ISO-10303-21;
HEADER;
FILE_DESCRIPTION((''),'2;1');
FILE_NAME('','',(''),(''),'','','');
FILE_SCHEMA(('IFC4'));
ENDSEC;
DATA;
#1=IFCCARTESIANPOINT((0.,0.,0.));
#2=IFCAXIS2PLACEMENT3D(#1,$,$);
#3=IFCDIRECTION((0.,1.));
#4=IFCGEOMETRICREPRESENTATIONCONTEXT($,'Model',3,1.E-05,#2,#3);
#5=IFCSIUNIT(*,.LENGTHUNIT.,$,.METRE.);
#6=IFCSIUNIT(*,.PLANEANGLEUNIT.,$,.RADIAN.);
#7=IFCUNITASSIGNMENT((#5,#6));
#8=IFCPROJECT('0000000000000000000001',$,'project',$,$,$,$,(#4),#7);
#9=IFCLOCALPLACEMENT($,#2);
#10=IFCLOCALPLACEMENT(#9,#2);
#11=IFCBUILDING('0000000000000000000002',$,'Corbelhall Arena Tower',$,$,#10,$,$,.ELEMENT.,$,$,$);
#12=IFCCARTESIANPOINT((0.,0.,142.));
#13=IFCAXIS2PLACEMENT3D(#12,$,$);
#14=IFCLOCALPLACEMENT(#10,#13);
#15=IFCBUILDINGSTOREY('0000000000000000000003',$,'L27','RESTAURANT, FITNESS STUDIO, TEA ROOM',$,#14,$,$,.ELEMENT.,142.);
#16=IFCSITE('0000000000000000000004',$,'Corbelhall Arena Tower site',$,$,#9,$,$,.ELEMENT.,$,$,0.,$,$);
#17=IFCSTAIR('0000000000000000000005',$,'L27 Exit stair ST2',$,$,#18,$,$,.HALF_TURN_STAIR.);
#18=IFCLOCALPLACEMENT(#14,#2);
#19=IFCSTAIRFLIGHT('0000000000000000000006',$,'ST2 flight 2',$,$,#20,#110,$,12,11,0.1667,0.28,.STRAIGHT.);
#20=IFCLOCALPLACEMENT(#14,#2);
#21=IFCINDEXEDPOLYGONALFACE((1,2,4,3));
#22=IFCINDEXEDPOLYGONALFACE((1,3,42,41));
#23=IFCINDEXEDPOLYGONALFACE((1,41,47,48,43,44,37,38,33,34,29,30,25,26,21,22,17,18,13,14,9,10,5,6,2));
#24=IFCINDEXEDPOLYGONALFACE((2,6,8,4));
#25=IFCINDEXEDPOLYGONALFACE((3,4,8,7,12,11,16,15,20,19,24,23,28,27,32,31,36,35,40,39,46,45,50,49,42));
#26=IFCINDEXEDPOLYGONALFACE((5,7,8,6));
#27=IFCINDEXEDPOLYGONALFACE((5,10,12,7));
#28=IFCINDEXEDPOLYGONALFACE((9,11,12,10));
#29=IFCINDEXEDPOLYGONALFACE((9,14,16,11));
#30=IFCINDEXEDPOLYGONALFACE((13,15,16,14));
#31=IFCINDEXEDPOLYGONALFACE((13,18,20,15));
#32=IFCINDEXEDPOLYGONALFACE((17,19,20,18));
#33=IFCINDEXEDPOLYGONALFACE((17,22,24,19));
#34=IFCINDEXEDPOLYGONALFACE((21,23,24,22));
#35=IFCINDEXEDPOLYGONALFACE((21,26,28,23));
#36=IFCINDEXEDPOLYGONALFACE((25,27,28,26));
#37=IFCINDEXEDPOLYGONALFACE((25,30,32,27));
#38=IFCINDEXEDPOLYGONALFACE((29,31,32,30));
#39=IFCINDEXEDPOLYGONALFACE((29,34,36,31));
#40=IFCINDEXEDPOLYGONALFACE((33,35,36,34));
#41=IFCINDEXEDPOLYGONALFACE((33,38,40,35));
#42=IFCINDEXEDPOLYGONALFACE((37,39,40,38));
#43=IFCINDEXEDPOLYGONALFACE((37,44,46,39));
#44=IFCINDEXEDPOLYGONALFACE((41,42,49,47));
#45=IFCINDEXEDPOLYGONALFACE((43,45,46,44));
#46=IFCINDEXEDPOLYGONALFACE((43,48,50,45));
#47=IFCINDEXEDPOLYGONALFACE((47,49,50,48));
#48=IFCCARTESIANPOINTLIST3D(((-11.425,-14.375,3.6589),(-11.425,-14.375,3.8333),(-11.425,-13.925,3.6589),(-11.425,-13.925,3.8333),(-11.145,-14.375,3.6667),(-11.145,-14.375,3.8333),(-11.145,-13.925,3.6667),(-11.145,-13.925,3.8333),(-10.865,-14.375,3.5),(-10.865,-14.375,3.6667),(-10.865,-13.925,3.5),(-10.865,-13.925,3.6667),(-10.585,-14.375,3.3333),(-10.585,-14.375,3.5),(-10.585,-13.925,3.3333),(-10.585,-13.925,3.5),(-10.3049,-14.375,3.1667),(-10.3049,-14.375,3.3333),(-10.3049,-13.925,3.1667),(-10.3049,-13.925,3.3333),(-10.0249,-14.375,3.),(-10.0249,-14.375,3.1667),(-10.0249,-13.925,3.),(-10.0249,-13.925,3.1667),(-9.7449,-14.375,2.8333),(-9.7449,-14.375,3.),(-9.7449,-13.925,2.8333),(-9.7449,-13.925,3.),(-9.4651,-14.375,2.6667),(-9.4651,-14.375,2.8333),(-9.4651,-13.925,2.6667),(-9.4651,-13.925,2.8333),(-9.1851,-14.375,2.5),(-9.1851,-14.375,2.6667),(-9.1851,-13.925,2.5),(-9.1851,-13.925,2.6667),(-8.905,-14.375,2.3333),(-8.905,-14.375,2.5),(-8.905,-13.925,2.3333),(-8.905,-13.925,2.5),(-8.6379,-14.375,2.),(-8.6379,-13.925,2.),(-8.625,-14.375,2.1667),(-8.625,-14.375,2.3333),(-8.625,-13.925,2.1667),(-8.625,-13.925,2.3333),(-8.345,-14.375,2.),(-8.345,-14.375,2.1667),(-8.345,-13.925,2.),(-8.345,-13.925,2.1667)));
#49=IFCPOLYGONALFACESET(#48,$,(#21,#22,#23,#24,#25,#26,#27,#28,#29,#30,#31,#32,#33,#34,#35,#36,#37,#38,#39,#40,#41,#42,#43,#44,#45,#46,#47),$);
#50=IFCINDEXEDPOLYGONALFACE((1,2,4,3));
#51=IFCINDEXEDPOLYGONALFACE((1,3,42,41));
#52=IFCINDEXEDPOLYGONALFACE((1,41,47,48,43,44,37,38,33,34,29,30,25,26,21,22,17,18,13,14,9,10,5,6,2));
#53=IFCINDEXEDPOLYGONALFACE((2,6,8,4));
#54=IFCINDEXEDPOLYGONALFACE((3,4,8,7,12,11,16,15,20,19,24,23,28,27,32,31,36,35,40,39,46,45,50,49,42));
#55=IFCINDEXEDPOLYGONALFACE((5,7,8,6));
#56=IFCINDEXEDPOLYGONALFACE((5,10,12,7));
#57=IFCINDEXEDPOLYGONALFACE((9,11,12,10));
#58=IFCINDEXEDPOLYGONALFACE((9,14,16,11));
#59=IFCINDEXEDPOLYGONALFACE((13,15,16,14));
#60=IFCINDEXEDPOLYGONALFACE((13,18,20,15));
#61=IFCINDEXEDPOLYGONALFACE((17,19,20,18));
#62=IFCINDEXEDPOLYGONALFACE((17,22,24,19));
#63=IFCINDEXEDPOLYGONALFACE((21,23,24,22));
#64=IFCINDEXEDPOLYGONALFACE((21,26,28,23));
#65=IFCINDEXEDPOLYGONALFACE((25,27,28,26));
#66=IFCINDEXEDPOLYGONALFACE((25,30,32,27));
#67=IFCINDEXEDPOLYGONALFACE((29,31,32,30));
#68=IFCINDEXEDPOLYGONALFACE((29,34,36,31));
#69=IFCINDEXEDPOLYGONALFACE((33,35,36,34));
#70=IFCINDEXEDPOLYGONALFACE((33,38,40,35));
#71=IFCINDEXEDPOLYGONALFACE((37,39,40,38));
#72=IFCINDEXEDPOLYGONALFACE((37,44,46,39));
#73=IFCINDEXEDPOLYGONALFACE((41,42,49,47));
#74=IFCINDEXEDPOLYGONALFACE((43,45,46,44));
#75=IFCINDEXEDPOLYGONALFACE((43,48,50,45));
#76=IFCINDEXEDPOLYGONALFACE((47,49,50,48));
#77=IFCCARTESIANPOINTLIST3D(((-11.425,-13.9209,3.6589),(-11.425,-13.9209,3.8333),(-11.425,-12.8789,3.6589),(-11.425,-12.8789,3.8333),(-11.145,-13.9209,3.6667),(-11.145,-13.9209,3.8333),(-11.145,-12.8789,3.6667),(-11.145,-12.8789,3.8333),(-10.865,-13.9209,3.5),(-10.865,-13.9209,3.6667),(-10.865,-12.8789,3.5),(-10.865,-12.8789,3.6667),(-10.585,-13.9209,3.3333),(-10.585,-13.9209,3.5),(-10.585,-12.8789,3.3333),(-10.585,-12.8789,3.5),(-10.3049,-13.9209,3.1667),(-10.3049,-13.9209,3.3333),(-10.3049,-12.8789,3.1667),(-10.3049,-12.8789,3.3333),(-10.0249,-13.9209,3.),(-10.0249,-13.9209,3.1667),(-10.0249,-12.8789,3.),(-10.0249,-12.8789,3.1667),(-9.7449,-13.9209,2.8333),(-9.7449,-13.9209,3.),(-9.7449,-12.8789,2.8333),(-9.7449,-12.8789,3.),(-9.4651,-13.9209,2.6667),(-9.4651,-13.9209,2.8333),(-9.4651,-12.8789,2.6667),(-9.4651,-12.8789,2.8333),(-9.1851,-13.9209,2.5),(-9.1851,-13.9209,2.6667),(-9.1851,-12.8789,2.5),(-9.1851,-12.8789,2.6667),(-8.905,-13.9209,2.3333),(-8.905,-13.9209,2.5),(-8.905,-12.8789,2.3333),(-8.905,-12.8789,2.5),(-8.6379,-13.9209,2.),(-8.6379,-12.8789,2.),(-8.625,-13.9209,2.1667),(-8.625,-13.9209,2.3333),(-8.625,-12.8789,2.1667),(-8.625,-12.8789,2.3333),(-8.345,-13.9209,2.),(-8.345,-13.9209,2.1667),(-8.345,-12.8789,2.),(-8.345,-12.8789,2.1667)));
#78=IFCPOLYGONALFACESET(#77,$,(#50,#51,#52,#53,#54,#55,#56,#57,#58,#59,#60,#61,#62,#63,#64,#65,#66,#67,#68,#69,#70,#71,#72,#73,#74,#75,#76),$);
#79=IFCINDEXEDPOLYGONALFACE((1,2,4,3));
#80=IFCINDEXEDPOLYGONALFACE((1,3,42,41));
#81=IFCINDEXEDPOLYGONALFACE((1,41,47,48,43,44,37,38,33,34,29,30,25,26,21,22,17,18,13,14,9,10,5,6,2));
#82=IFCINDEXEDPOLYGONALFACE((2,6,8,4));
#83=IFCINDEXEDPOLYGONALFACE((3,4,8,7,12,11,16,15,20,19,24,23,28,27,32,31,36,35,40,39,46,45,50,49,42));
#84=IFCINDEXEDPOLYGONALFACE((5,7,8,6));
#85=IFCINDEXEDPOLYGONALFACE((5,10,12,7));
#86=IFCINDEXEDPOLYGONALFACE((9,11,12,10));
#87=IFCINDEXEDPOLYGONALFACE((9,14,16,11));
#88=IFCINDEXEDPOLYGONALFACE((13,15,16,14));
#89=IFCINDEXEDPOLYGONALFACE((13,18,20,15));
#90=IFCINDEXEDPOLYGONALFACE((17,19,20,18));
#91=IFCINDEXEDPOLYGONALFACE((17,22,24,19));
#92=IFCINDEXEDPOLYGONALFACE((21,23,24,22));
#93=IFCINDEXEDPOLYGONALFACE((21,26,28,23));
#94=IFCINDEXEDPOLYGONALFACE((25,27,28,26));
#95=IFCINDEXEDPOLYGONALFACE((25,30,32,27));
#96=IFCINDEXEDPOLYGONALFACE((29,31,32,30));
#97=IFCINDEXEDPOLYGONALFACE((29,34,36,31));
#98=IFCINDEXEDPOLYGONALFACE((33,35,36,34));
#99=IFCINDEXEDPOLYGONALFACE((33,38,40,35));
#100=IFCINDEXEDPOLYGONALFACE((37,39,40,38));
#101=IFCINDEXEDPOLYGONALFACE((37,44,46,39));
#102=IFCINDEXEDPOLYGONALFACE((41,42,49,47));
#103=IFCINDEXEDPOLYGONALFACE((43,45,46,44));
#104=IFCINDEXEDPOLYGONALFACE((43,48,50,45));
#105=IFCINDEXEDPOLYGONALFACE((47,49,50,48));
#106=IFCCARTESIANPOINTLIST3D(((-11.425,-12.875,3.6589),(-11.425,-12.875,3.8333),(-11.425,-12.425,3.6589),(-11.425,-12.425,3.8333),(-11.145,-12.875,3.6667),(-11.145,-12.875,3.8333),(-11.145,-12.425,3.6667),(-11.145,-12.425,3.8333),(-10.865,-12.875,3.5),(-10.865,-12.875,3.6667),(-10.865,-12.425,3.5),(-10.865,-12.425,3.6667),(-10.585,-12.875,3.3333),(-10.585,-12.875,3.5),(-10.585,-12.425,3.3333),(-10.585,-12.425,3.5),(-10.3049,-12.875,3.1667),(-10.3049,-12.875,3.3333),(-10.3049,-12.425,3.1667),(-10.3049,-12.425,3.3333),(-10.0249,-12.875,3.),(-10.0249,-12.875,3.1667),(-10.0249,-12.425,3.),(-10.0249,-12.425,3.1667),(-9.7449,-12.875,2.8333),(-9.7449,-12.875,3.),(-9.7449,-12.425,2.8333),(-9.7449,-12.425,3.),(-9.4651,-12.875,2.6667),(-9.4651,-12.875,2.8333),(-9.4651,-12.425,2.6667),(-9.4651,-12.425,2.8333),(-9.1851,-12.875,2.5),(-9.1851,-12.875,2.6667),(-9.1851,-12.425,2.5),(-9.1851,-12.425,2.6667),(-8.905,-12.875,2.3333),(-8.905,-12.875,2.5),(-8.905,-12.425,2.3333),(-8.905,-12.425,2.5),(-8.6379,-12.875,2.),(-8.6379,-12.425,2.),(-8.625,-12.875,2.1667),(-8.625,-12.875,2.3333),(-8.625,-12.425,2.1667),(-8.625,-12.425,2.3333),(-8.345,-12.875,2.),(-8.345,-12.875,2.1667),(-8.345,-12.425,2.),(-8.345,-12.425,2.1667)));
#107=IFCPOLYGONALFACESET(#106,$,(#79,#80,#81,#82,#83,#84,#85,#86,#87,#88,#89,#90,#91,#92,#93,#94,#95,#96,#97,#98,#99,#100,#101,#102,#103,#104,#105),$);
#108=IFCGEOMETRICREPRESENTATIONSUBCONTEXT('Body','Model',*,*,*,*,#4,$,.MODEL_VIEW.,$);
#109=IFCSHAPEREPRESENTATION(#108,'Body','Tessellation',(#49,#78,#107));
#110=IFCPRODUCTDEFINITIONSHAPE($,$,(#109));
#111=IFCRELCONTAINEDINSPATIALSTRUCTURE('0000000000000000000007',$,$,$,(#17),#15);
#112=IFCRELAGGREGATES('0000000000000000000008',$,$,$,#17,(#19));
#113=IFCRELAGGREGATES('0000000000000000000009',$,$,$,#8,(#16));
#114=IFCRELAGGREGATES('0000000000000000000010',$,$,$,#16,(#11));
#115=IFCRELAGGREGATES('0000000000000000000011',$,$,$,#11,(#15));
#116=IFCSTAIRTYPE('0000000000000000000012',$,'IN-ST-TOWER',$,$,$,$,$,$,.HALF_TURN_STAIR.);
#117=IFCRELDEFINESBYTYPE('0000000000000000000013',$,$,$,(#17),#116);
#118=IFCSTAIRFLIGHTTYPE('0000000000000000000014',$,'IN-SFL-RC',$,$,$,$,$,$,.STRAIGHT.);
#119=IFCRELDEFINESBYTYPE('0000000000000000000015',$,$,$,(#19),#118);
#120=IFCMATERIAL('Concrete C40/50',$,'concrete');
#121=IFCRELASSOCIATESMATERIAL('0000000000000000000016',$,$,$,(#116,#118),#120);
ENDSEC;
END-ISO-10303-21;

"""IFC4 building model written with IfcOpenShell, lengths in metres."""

from ifc_helpers import new_model, si_unit, direction, frame, origin, place, context, subcontext, project, spatial, polyline, outline, extrude, material, type_object, element, aggregate, save


model = new_model("IFC4")

# Units and contexts
model_context = context("Model", 3, precision=1e-05, world=origin(), true_north=direction((0.0, 1.0)))
body_context = subcontext(model_context, "Body", "Model", "MODEL_VIEW")
ifc_project = project(units=[si_unit("LENGTHUNIT", "METRE"), si_unit("PLANEANGLEUNIT", "RADIAN")], contexts=[model_context])

# Site, building, storey
site_placement = place(None, origin())
site = spatial("IfcSite", under=ifc_project, at=site_placement, Name="Corbelhall Arena Tower site", CompositionType="ELEMENT", RefElevation=0.0)
building_placement = place(site_placement, origin())
building = spatial("IfcBuilding", under=site, at=building_placement, Name="Corbelhall Arena Tower", CompositionType="ELEMENT")
storey_placement = place(building_placement, frame((0.0, 0.0, 142.0)))
storey = spatial("IfcBuildingStorey", under=building, at=storey_placement, Name="L27", Description="RESTAURANT, FITNESS STUDIO, TEA ROOM", CompositionType="ELEMENT", Elevation=142.0)

# Shared definitions
ifc_material_1 = material(Name="Concrete C40/50", Category="concrete")

# Stair, stair flight
stair_type = type_object("IfcStairType", Name="IN-ST-TOWER", PredefinedType="HALF_TURN_STAIR", material=ifc_material_1)
stair_placement = place(storey_placement, origin())
stair = element("IfcStair", 1, at=stair_placement, inside=storey, type_object=stair_type, Name="L27 Exit stair ST2", PredefinedType="HALF_TURN_STAIR")
stair_flight_type = type_object("IfcStairFlightType", Name="IN-SFL-RC", PredefinedType="STRAIGHT", material=ifc_material_1)
stair_flight_placement = place(storey_placement, frame((-8.345, -13.3999, 2.0), z_axis=(0.0, 0.0, 1.0), x_axis=(-1.0, 0.0, 0.0)))
stair_flight = element("IfcStairFlight", 2, at=stair_flight_placement, type_object=stair_flight_type, Name="ST2 flight 2", NumberOfRisers=12, NumberOfTreads=11, PredefinedType="STRAIGHT", RiserHeight=0.1667, TreadLength=0.28, context=body_context, shape_type="SweptSolid", body=[
    extrude(outline(polyline([(0.0, 0.0), (0.0, 0.1667), (0.28, 0.1667), (0.28, 0.3333), (0.5601, 0.3333), (0.5601, 0.5), (0.8401, 0.5), (0.8401, 0.6667), (1.1201, 0.6667), (1.1201, 0.8333), (1.3999, 0.8333), (1.3999, 1.0), (1.6799, 1.0), (1.6799, 1.1667), (1.96, 1.1667), (1.96, 1.3333), (2.24, 1.3333), (2.24, 1.5), (2.52, 1.5), (2.52, 1.6667), (2.8, 1.6667), (2.8, 1.8333), (3.0801, 1.8333), (3.0801, 2.0), (3.0801, 1.6589), (0.293, 0.0), (0.0, 0.0)])), frame((0.0, 0.9751, 0.0), z_axis=(0.0, -1.0, 0.0), x_axis=(1.0, 0.0, 0.0)), (0.0, 0.0, 1.0), 0.45),
    extrude(outline(polyline([(0.0, 0.0), (0.0, 0.1667), (0.28, 0.1667), (0.28, 0.3333), (0.5601, 0.3333), (0.5601, 0.5), (0.8401, 0.5), (0.8401, 0.6667), (1.1201, 0.6667), (1.1201, 0.8333), (1.3999, 0.8333), (1.3999, 1.0), (1.6799, 1.0), (1.6799, 1.1667), (1.96, 1.1667), (1.96, 1.3333), (2.24, 1.3333), (2.24, 1.5), (2.52, 1.5), (2.52, 1.6667), (2.8, 1.6667), (2.8, 1.8333), (3.0801, 1.8333), (3.0801, 2.0), (3.0801, 1.6589), (0.293, 0.0), (0.0, 0.0)])), frame((0.0, 0.521, 0.0), z_axis=(0.0, -1.0, 0.0), x_axis=(1.0, 0.0, 0.0)), (0.0, 0.0, 1.0), 1.042),
    extrude(outline(polyline([(0.0, 0.0), (0.0, 0.1667), (0.28, 0.1667), (0.28, 0.3333), (0.5601, 0.3333), (0.5601, 0.5), (0.8401, 0.5), (0.8401, 0.6667), (1.1201, 0.6667), (1.1201, 0.8333), (1.3999, 0.8333), (1.3999, 1.0), (1.6799, 1.0), (1.6799, 1.1667), (1.96, 1.1667), (1.96, 1.3333), (2.24, 1.3333), (2.24, 1.5), (2.52, 1.5), (2.52, 1.6667), (2.8, 1.6667), (2.8, 1.8333), (3.0801, 1.8333), (3.0801, 2.0), (3.0801, 1.6589), (0.293, 0.0), (0.0, 0.0)])), frame((0.0, -0.5249, 0.0), z_axis=(0.0, -1.0, 0.0), x_axis=(1.0, 0.0, 0.0)), (0.0, 0.0, 1.0), 0.45),
])
aggregate(stair, [stair_flight])

save(model, "model.ifc")
